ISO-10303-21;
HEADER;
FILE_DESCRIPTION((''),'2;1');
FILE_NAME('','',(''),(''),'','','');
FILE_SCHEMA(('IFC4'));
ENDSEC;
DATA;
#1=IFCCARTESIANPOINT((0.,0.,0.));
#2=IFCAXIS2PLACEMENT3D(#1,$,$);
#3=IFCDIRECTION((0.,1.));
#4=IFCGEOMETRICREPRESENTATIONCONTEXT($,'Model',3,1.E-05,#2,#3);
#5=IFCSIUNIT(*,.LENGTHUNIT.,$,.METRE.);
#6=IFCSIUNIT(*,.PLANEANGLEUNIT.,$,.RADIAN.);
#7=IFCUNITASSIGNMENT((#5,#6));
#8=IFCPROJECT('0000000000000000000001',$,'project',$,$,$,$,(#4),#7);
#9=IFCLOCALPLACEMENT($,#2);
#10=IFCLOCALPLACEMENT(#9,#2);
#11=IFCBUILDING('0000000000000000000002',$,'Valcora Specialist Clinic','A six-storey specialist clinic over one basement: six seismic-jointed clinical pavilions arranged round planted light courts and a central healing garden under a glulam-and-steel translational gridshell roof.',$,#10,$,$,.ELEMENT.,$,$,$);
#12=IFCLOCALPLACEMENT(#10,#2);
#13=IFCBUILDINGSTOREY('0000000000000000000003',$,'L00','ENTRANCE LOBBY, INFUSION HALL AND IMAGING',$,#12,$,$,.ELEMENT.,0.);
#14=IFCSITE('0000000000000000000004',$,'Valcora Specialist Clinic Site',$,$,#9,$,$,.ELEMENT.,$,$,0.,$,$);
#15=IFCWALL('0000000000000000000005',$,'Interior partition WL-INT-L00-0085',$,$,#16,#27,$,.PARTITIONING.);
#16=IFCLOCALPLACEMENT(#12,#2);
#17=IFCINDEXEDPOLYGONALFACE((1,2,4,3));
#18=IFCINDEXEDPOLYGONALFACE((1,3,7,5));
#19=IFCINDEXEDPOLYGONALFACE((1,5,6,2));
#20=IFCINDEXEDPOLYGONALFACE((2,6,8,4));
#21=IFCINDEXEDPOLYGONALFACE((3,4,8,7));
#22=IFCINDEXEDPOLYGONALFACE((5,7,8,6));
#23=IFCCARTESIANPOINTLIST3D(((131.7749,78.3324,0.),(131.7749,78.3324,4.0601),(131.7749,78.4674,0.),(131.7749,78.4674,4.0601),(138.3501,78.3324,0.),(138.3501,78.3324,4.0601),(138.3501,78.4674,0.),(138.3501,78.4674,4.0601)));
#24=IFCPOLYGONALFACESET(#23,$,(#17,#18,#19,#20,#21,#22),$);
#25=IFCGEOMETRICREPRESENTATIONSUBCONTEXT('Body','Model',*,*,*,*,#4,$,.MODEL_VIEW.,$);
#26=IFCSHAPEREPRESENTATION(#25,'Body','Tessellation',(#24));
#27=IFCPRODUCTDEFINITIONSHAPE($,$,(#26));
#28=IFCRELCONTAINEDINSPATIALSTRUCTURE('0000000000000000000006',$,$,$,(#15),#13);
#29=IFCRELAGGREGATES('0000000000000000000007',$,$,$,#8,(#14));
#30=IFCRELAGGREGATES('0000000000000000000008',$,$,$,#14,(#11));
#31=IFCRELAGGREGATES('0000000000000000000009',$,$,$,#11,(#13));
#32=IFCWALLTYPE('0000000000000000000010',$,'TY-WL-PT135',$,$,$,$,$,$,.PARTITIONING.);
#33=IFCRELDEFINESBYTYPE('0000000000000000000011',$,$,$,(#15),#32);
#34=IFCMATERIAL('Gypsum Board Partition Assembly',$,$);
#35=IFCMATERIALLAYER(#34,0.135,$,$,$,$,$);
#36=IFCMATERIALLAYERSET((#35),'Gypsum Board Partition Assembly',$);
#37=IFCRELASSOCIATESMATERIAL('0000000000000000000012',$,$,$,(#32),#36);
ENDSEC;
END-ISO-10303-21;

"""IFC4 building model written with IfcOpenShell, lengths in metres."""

from ifc_helpers import new_model, si_unit, direction, frame, frame_2d, origin, place, context, subcontext, project, spatial, rectangle, extrude, material, layer, layer_set, type_object, element, save


model = new_model("IFC4")

# Units and contexts
model_context = context("Model", 3, precision=1e-05, world=origin(), true_north=direction((0.0, 1.0)))
body_context = subcontext(model_context, "Body", "Model", "MODEL_VIEW")
ifc_project = project(units=[si_unit("LENGTHUNIT", "METRE"), si_unit("PLANEANGLEUNIT", "RADIAN")], contexts=[model_context])

# Site, building, storey
site_placement = place(None, origin())
site = spatial("IfcSite", under=ifc_project, at=site_placement, Name="Valcora Specialist Clinic Site", CompositionType="ELEMENT", RefElevation=0.0)
building_placement = place(site_placement, origin())
building = spatial("IfcBuilding", under=site, at=building_placement, Name="Valcora Specialist Clinic", Description="A six-storey specialist clinic over one basement: six seismic-jointed clinical pavilions arranged round planted light courts and a central healing garden under a glulam-and-steel translational gridshell roof.", CompositionType="ELEMENT")
storey_placement = place(building_placement, origin())
storey = spatial("IfcBuildingStorey", under=building, at=storey_placement, Name="L00", Description="ENTRANCE LOBBY, INFUSION HALL AND IMAGING", CompositionType="ELEMENT", Elevation=0.0)

# Wall
ifc_material_1 = material(Name="Gypsum Board Partition Assembly")
ifc_layer_1 = layer(ifc_material_1, 0.135)
ifc_layer_set_1 = layer_set([ifc_layer_1], Name="Gypsum Board Partition Assembly")
wall_type_1 = type_object("IfcWallType", Name="TY-WL-PT135", PredefinedType="PARTITIONING", material=ifc_layer_set_1)
wall_1_placement = place(storey_placement, frame((131.7749, 78.3999, 0.0), z_axis=(0.0, 0.0, 1.0), x_axis=(1.0, 0.0, 0.0)))
element("IfcWall", 1, at=wall_1_placement, inside=storey, type_object=wall_type_1, Name="Interior partition WL-INT-L00-0085", PredefinedType="PARTITIONING", context=body_context, shape_type="SweptSolid", body=[
    extrude(rectangle(XDim=6.5752, YDim=0.135, at=frame_2d((3.2876, 0.0))), origin(), (0.0, 0.0, 1.0), 4.0601),
])

save(model, "model.ifc")
